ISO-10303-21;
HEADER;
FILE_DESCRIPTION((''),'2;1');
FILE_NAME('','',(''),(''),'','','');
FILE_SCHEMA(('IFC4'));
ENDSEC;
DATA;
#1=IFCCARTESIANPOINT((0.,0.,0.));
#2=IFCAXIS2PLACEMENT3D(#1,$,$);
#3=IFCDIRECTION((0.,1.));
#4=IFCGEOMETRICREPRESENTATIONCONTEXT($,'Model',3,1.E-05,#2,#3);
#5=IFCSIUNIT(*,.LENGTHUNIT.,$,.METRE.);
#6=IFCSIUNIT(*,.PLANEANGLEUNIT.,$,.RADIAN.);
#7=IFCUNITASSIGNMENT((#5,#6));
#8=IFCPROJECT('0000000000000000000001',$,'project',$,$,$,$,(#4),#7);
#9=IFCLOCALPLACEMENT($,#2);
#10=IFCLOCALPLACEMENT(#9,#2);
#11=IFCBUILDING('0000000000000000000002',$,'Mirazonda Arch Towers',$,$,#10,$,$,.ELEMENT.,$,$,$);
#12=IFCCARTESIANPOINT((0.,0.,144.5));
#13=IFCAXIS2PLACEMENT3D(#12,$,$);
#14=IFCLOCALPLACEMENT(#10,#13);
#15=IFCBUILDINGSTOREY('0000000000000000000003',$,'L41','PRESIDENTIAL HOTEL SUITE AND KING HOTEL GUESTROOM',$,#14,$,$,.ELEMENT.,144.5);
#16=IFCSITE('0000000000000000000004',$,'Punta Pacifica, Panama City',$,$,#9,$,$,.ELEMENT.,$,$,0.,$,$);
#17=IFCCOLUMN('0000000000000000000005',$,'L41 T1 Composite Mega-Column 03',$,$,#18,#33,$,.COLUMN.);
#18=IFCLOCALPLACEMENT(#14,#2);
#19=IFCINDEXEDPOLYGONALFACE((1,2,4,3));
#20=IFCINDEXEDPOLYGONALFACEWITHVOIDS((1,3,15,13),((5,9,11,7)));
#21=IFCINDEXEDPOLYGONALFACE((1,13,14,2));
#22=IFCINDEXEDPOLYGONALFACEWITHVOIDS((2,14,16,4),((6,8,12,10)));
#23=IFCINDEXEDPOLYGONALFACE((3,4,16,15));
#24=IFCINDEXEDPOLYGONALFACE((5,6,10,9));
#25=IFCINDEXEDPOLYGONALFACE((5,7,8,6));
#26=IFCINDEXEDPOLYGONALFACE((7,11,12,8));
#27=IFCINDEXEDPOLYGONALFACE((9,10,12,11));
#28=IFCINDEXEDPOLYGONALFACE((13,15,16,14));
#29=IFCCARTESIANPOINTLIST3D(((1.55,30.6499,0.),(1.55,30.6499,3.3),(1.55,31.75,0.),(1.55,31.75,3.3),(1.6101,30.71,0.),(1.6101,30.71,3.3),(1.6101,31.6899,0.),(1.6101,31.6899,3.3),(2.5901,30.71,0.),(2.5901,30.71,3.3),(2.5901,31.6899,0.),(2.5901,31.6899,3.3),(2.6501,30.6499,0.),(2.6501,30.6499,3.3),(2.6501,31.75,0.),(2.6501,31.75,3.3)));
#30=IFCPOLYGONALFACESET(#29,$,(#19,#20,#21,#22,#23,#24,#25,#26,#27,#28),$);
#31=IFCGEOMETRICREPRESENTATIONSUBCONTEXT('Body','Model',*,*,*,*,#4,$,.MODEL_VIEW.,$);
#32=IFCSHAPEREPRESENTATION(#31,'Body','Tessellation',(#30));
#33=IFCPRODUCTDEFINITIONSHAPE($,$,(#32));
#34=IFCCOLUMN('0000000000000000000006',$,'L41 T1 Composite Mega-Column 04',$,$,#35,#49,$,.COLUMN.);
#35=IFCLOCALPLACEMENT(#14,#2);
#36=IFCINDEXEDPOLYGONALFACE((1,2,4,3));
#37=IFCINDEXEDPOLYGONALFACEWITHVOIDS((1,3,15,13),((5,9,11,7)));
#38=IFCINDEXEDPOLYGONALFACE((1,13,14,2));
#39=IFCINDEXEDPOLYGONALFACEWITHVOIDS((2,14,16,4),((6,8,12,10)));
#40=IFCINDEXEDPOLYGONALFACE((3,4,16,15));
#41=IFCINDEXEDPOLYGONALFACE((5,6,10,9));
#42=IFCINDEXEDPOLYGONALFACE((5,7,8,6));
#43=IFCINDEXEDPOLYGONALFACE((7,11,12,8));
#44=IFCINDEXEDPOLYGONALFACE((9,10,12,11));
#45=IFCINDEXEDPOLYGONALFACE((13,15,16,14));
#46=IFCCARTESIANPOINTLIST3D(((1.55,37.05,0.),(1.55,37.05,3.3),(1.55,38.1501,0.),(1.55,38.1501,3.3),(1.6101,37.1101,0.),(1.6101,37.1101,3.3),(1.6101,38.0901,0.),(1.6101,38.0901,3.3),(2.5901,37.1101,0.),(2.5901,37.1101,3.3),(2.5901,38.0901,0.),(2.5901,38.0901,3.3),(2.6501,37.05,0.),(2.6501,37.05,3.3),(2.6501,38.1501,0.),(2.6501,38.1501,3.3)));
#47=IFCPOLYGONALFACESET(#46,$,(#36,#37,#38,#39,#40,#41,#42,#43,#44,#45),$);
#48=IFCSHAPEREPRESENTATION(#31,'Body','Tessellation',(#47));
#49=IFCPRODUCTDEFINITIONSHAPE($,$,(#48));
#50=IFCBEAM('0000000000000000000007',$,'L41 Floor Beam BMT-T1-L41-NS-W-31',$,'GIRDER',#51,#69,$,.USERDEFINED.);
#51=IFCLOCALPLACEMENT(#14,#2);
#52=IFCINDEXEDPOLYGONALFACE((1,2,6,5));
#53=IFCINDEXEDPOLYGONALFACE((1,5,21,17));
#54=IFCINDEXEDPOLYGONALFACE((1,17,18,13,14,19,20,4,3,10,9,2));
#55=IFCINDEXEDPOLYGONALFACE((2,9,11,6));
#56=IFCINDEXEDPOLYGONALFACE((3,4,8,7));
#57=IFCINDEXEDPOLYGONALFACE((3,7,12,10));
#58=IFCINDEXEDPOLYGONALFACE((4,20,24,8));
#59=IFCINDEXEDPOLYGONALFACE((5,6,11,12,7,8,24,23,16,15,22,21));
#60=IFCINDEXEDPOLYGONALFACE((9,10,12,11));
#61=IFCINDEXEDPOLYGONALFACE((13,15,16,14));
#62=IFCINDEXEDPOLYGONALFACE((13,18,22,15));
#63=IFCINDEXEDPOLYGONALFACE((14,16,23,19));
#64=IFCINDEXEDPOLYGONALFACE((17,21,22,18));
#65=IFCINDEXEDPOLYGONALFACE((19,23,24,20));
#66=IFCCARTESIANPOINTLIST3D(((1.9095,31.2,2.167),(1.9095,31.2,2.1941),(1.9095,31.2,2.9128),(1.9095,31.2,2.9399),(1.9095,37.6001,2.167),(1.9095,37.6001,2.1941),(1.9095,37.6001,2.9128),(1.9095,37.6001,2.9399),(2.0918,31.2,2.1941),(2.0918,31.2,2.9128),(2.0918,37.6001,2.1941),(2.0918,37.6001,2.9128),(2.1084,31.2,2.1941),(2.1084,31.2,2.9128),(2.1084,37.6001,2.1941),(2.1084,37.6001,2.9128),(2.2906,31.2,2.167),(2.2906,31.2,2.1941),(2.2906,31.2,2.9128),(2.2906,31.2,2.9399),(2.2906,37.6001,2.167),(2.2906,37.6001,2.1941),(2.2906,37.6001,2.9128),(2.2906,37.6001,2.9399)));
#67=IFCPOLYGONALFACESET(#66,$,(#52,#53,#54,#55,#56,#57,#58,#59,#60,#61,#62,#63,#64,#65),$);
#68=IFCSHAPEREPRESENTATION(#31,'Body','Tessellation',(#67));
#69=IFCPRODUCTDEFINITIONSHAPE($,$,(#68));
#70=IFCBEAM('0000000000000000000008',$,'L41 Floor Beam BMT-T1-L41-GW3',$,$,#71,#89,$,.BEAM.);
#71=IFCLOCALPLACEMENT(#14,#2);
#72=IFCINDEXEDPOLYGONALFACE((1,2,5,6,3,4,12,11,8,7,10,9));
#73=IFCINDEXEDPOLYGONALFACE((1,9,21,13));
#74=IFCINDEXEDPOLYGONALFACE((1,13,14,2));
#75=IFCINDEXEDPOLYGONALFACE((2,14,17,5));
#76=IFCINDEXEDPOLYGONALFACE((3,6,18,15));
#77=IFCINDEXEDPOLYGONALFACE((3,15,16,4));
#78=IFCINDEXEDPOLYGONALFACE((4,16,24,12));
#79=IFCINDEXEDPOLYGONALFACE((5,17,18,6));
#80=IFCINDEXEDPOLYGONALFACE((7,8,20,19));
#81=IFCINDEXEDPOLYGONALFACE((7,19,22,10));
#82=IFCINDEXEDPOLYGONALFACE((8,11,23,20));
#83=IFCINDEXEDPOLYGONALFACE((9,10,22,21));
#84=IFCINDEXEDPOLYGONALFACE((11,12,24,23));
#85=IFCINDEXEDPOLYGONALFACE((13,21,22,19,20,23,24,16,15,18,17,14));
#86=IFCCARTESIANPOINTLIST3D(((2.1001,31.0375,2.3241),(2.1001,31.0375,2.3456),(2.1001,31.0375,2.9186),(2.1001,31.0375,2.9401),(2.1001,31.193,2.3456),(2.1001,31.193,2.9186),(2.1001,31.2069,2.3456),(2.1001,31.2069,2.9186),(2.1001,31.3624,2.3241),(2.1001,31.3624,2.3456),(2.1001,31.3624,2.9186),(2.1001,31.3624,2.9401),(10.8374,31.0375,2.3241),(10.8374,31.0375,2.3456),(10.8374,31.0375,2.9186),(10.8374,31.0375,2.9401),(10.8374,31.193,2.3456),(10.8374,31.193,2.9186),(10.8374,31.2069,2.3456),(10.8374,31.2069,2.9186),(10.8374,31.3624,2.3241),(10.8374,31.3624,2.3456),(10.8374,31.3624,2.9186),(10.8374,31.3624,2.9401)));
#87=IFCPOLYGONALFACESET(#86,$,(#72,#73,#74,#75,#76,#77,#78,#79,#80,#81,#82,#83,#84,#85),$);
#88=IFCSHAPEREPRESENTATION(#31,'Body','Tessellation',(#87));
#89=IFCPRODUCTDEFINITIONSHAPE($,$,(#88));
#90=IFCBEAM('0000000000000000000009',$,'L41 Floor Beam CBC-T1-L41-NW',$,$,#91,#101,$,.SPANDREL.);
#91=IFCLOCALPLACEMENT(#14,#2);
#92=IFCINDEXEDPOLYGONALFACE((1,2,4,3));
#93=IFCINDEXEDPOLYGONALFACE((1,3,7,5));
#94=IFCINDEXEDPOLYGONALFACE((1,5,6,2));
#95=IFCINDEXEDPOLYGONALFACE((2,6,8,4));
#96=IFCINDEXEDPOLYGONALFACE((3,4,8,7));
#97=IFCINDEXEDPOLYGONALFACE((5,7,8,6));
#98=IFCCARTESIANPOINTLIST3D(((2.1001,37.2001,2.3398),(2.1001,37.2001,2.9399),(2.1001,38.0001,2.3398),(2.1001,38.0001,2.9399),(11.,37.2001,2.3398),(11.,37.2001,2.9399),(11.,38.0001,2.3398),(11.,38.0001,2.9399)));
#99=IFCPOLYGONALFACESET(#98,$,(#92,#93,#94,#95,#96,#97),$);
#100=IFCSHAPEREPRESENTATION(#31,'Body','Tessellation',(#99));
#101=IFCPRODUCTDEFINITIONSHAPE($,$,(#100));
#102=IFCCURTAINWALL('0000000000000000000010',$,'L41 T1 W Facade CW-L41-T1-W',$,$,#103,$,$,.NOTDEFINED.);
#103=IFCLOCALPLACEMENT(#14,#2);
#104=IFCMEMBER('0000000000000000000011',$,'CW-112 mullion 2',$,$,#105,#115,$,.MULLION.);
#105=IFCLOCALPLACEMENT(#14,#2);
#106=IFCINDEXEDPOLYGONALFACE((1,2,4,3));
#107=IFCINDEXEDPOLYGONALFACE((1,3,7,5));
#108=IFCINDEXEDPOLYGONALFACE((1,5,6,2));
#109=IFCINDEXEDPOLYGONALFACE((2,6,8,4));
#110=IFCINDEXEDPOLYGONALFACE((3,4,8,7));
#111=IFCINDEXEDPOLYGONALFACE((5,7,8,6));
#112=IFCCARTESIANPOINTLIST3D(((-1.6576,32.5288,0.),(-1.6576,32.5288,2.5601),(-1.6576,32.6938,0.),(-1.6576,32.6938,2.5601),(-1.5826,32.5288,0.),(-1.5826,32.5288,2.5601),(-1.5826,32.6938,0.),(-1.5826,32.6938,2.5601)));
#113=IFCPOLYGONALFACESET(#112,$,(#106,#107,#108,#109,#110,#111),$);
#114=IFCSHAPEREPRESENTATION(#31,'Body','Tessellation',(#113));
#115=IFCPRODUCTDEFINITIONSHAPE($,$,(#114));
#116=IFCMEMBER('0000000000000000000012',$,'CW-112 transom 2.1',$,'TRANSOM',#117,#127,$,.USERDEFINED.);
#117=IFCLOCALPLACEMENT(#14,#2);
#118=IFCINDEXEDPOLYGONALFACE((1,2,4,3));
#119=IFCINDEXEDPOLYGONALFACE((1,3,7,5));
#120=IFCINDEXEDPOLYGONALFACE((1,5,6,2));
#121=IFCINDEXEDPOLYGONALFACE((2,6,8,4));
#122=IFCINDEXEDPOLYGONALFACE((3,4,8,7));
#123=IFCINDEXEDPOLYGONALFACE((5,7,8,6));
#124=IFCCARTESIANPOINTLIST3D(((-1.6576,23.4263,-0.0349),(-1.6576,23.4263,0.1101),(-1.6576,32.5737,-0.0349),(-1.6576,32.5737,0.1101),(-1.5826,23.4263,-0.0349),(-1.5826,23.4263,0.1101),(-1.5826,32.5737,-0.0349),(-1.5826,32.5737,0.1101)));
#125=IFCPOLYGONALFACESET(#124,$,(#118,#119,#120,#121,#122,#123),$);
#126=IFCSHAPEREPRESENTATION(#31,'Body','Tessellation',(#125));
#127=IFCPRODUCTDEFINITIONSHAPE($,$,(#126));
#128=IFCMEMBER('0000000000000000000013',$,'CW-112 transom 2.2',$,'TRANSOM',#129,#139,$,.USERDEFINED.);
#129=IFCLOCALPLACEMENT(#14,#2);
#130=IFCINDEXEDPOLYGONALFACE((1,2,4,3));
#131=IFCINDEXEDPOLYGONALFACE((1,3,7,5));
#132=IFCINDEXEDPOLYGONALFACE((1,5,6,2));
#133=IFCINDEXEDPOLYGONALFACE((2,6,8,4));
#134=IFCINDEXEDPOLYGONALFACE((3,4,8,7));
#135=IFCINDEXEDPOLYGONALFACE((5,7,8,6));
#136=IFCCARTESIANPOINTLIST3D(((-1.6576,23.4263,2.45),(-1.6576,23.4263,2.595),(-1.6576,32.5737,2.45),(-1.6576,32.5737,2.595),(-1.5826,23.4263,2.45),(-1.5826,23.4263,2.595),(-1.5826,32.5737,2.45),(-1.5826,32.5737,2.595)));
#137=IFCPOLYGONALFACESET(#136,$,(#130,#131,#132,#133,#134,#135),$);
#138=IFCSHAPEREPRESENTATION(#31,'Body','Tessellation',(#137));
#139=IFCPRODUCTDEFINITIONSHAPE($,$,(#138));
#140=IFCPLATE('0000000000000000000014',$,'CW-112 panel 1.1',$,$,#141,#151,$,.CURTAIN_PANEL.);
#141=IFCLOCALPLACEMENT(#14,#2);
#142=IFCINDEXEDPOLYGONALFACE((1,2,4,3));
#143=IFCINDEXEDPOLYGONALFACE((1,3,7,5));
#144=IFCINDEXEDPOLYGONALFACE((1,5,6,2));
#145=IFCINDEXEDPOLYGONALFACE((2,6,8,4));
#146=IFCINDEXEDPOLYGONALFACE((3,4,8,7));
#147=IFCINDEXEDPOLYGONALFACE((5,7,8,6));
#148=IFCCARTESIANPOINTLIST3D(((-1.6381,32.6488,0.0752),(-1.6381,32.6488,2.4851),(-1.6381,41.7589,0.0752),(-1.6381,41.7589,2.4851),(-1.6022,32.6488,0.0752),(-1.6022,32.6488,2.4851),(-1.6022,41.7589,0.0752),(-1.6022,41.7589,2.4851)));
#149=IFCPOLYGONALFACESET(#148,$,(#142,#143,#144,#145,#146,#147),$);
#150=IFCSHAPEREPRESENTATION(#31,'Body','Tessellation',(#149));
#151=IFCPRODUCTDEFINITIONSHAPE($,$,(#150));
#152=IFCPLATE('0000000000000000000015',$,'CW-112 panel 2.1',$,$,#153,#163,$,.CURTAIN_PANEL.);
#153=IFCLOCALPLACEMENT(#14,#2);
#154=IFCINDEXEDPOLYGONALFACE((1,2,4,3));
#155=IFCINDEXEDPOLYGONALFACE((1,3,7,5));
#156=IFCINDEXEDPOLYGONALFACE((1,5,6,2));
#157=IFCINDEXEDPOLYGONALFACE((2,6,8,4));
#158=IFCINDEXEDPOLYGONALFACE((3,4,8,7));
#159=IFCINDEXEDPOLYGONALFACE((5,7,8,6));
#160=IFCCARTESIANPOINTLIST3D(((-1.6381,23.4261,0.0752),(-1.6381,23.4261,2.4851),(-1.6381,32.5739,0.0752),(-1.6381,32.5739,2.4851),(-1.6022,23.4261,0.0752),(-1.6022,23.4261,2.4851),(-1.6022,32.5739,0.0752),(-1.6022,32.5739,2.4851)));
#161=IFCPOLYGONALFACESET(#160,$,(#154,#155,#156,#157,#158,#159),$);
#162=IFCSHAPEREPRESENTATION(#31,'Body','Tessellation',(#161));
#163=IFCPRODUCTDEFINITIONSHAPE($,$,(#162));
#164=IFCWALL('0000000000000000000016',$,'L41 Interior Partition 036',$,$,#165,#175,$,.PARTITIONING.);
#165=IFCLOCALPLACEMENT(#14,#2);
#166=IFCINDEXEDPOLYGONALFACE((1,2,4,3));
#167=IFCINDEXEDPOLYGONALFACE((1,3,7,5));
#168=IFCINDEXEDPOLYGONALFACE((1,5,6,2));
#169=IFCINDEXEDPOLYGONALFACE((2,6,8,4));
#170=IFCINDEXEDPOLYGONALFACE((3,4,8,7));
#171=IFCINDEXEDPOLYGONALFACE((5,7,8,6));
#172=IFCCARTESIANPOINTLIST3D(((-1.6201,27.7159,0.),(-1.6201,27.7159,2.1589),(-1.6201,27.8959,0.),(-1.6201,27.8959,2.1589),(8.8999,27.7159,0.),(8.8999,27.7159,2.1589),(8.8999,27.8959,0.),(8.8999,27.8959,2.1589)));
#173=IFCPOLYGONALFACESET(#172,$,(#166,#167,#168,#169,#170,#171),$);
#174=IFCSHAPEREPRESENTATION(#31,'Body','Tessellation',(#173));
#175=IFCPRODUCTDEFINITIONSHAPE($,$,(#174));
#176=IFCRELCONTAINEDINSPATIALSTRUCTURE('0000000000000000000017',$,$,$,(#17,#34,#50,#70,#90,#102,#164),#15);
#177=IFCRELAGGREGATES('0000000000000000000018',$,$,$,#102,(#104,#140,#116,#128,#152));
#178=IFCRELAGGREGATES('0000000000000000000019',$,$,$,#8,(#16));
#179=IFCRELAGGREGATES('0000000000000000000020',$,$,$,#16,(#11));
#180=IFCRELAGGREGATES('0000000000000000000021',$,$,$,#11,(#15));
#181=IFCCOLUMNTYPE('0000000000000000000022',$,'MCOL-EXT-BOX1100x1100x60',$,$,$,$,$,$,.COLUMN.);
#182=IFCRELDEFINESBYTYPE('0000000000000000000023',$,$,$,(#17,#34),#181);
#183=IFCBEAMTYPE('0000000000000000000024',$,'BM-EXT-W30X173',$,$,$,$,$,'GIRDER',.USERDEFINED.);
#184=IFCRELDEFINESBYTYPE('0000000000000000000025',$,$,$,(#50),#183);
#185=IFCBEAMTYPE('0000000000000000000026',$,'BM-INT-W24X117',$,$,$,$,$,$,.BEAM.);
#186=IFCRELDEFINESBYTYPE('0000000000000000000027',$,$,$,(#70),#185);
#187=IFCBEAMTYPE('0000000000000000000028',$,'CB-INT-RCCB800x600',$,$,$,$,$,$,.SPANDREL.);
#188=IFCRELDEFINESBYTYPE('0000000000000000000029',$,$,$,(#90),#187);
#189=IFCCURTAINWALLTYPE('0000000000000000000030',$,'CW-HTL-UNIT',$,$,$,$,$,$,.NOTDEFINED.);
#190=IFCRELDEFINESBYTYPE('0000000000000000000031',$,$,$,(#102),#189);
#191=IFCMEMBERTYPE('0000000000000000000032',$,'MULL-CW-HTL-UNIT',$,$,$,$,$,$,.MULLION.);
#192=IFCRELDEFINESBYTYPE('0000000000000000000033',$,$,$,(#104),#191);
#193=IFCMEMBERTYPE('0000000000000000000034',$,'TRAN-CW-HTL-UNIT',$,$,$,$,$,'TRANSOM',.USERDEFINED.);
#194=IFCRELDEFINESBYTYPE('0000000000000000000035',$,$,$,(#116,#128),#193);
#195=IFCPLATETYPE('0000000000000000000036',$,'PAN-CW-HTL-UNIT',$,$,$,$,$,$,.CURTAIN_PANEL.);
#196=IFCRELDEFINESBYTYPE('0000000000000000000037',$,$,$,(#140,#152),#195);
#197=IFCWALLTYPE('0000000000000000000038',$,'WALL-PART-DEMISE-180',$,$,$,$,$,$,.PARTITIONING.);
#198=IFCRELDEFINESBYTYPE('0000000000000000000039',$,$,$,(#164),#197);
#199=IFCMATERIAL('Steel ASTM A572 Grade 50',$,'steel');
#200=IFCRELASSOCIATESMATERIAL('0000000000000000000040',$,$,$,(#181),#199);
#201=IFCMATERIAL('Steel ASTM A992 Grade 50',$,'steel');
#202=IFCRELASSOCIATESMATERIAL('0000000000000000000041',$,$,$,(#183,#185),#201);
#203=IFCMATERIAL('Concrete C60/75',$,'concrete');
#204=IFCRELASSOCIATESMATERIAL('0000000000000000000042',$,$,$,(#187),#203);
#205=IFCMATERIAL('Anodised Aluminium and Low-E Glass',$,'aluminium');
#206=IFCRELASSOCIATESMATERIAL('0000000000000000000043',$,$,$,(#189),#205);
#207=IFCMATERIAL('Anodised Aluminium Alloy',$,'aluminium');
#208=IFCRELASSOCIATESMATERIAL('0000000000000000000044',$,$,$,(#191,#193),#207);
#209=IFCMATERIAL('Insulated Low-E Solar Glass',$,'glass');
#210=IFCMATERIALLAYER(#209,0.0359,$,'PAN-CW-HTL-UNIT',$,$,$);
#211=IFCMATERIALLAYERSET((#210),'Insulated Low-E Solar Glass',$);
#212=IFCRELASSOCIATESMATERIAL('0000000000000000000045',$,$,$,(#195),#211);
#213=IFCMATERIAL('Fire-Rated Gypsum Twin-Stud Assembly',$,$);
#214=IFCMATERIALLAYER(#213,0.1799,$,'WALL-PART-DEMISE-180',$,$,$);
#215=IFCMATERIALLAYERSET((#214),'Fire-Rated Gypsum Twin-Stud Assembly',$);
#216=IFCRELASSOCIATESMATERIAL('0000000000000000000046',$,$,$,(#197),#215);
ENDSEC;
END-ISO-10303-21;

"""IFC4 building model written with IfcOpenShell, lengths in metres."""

from ifc_helpers import new_model, si_unit, direction, frame, frame_2d, origin, origin_2d, place, context, subcontext, project, spatial, rectangle, hollow_rectangle, i_section, extrude, material, layer, layer_set, material_profile, profile_set, type_object, element, aggregate, save


model = new_model("IFC4")

# Units and contexts
model_context = context("Model", 3, precision=1e-05, world=origin(), true_north=direction((0.0, 1.0)))
body_context = subcontext(model_context, "Body", "Model", "MODEL_VIEW")
ifc_project = project(units=[si_unit("LENGTHUNIT", "METRE"), si_unit("PLANEANGLEUNIT", "RADIAN")], contexts=[model_context])

# Site, building, storey
site_placement = place(None, origin())
site = spatial("IfcSite", under=ifc_project, at=site_placement, Name="Punta Pacifica, Panama City", CompositionType="ELEMENT", RefElevation=0.0)
building_placement = place(site_placement, origin())
building = spatial("IfcBuilding", under=site, at=building_placement, Name="Mirazonda Arch Towers", CompositionType="ELEMENT")
storey_placement = place(building_placement, frame((0.0, 0.0, 144.5)))
storey = spatial("IfcBuildingStorey", under=building, at=storey_placement, Name="L41", Description="PRESIDENTIAL HOTEL SUITE AND KING HOTEL GUESTROOM", CompositionType="ELEMENT", Elevation=144.5)

# Columns
ifc_material_1 = material(Name="Steel ASTM A572 Grade 50", Category="steel")
ifc_material_profile_1 = material_profile(ifc_material_1, hollow_rectangle(XDim=1.1001, YDim=1.1001, WallThickness=0.0601, at=origin_2d()), Name="BOX1100x1100x60")
ifc_profile_set_1 = profile_set([ifc_material_profile_1], Name="Steel ASTM A572 Grade 50")
column_type = type_object("IfcColumnType", Name="MCOL-EXT-BOX1100x1100x60", PredefinedType="COLUMN", material=ifc_profile_set_1)
for number, where, z_axis, x_axis, name in (
    (1, (2.1001, 31.2, 0.0), (0.0, 0.0, 1.0), (1.0, 0.0, 0.0), "L41 T1 Composite Mega-Column 03"),
    (2, (2.1001, 37.6001, 0.0), (0.0, 0.0, 1.0), (1.0, 0.0, 0.0), "L41 T1 Composite Mega-Column 04"),
):
    element("IfcColumn", number, at=place(storey_placement, frame(where, z_axis=z_axis, x_axis=x_axis)), inside=storey, type_object=column_type, Name=name, PredefinedType="COLUMN", context=body_context, shape_type="SweptSolid", body=[
        extrude(hollow_rectangle(XDim=1.1001, YDim=1.1001, WallThickness=0.0601, at=origin_2d()), origin(), (0.0, 0.0, 1.0), 3.3),
    ])

# Beams
ifc_material_2 = material(Name="Steel ASTM A992 Grade 50", Category="steel")
ifc_material_profile_2 = material_profile(ifc_material_2, i_section(OverallWidth=0.3811, OverallDepth=0.7729, WebThickness=0.0166, FlangeThickness=0.0271, at=origin_2d()), Name="W30X173")
ifc_profile_set_2 = profile_set([ifc_material_profile_2], Name="Steel ASTM A992 Grade 50")
beam_type_1 = type_object("IfcBeamType", Name="BM-EXT-W30X173", ElementType="GIRDER", PredefinedType="USERDEFINED", material=ifc_profile_set_2)
beam_1_placement = place(storey_placement, frame((2.1001, 31.2, 2.5535), z_axis=(0.0, 1.0, 0.0), x_axis=(-1.0, 0.0, 0.0)))
element("IfcBeam", 3, at=beam_1_placement, inside=storey, type_object=beam_type_1, Name="L41 Floor Beam BMT-T1-L41-NS-W-31", ObjectType="GIRDER", PredefinedType="USERDEFINED", context=body_context, shape_type="SweptSolid", body=[
    extrude(i_section(OverallWidth=0.3811, OverallDepth=0.7729, WebThickness=0.0166, FlangeThickness=0.0271, at=origin_2d()), origin(), (0.0, 0.0, 1.0), 6.4001),
])
ifc_material_profile_3 = material_profile(ifc_material_2, i_section(OverallWidth=0.325, OverallDepth=0.616, WebThickness=0.0139, FlangeThickness=0.0215, at=origin_2d()), Name="W24X117")
ifc_profile_set_3 = profile_set([ifc_material_profile_3], Name="Steel ASTM A992 Grade 50")
beam_type_2 = type_object("IfcBeamType", Name="BM-INT-W24X117", PredefinedType="BEAM", material=ifc_profile_set_3)
beam_2_placement = place(storey_placement, frame((2.1001, 31.2, 2.6321), z_axis=(1.0, 0.0, 0.0), x_axis=(0.0, 1.0, 0.0)))
element("IfcBeam", 4, at=beam_2_placement, inside=storey, type_object=beam_type_2, Name="L41 Floor Beam BMT-T1-L41-GW3", PredefinedType="BEAM", context=body_context, shape_type="SweptSolid", body=[
    extrude(i_section(OverallWidth=0.325, OverallDepth=0.616, WebThickness=0.0139, FlangeThickness=0.0215, at=origin_2d()), origin(), (0.0, 0.0, 1.0), 8.7373),
])
ifc_material_3 = material(Name="Concrete C60/75", Category="concrete")
ifc_material_profile_4 = material_profile(ifc_material_3, rectangle(XDim=0.8, YDim=0.6001, at=origin_2d()), Name="RCCB800x600")
ifc_profile_set_4 = profile_set([ifc_material_profile_4], Name="Concrete C60/75")
beam_type_3 = type_object("IfcBeamType", Name="CB-INT-RCCB800x600", PredefinedType="SPANDREL", material=ifc_profile_set_4)
beam_3_placement = place(storey_placement, frame((2.1001, 37.6001, 2.6399), z_axis=(1.0, 0.0, 0.0), x_axis=(0.0, 1.0, 0.0)))
element("IfcBeam", 5, at=beam_3_placement, inside=storey, type_object=beam_type_3, Name="L41 Floor Beam CBC-T1-L41-NW", PredefinedType="SPANDREL", context=body_context, shape_type="SweptSolid", body=[
    extrude(rectangle(XDim=0.8, YDim=0.6001, at=origin_2d()), origin(), (0.0, 0.0, 1.0), 8.8999),
])

# Curtain wall, members, plates
ifc_material_4 = material(Name="Anodised Aluminium and Low-E Glass", Category="aluminium")
curtain_wall_type = type_object("IfcCurtainWallType", Name="CW-HTL-UNIT", PredefinedType="NOTDEFINED", material=ifc_material_4)
curtain_wall_placement = place(storey_placement, origin())
curtain_wall = element("IfcCurtainWall", 6, at=curtain_wall_placement, inside=storey, type_object=curtain_wall_type, Name="L41 T1 W Facade CW-L41-T1-W", PredefinedType="NOTDEFINED")
ifc_material_5 = material(Name="Anodised Aluminium Alloy", Category="aluminium")
ifc_material_profile_5 = material_profile(ifc_material_5, rectangle(XDim=0.075, YDim=0.165, at=origin_2d()), Name="ALU-MULL-75x165")
ifc_profile_set_5 = profile_set([ifc_material_profile_5], Name="Anodised Aluminium Alloy")
member_type_1 = type_object("IfcMemberType", Name="MULL-CW-HTL-UNIT", PredefinedType="MULLION", material=ifc_profile_set_5)
member_1_placement = place(storey_placement, frame((-1.6201, 32.6113, 0.0), z_axis=(0.0, 0.0, 1.0), x_axis=(1.0, 0.0, 0.0)))
member_1 = element("IfcMember", 7, at=member_1_placement, type_object=member_type_1, Name="CW-112 mullion 2", PredefinedType="MULLION", context=body_context, shape_type="SweptSolid", body=[
    extrude(rectangle(XDim=0.075, YDim=0.165, at=origin_2d()), origin(), (0.0, 0.0, 1.0), 2.5601),
])
ifc_material_profile_6 = material_profile(ifc_material_5, rectangle(XDim=0.075, YDim=0.145, at=origin_2d()), Name="ALU-TRAN-75x145")
ifc_profile_set_6 = profile_set([ifc_material_profile_6], Name="Anodised Aluminium Alloy")
member_type_2 = type_object("IfcMemberType", Name="TRAN-CW-HTL-UNIT", ElementType="TRANSOM", PredefinedType="USERDEFINED", material=ifc_profile_set_6)
member_2_placement = place(storey_placement, frame((-1.6201, 32.5737, 0.0376), z_axis=(0.0, -1.0, 0.0), x_axis=(1.0, 0.0, 0.0)))
member_2 = element("IfcMember", 8, at=member_2_placement, type_object=member_type_2, Name="CW-112 transom 2.1", ObjectType="TRANSOM", PredefinedType="USERDEFINED", context=body_context, shape_type="SweptSolid", body=[
    extrude(rectangle(XDim=0.075, YDim=0.145, at=origin_2d()), origin(), (0.0, 0.0, 1.0), 9.1475),
])
member_3_placement = place(storey_placement, frame((-1.6201, 32.5737, 2.5225), z_axis=(0.0, -1.0, 0.0), x_axis=(1.0, 0.0, 0.0)))
member_3 = element("IfcMember", 9, at=member_3_placement, type_object=member_type_2, Name="CW-112 transom 2.2", ObjectType="TRANSOM", PredefinedType="USERDEFINED", context=body_context, shape_type="SweptSolid", body=[
    extrude(rectangle(XDim=0.075, YDim=0.145, at=origin_2d()), origin(), (0.0, 0.0, 1.0), 9.1475),
])
ifc_material_6 = material(Name="Insulated Low-E Solar Glass", Category="glass")
ifc_layer_1 = layer(ifc_material_6, 0.0359, Name="PAN-CW-HTL-UNIT")
ifc_layer_set_1 = layer_set([ifc_layer_1], Name="Insulated Low-E Solar Glass")
plate_type = type_object("IfcPlateType", Name="PAN-CW-HTL-UNIT", PredefinedType="CURTAIN_PANEL", material=ifc_layer_set_1)
plate_1_placement = place(storey_placement, frame((-1.6201, 37.2039, 0.0752), z_axis=(0.0, 0.0, 1.0), x_axis=(0.0, -1.0, 0.0)))
plate_1 = element("IfcPlate", 10, at=plate_1_placement, type_object=plate_type, Name="CW-112 panel 1.1", PredefinedType="CURTAIN_PANEL", context=body_context, shape_type="SweptSolid", body=[
    extrude(rectangle(XDim=9.1101, YDim=0.0359, at=origin_2d()), origin(), (0.0, 0.0, 1.0), 2.4099),
])
plate_2_placement = place(storey_placement, frame((-1.6201, 28.0, 0.0752), z_axis=(0.0, 0.0, 1.0), x_axis=(0.0, -1.0, 0.0)))
plate_2 = element("IfcPlate", 11, at=plate_2_placement, type_object=plate_type, Name="CW-112 panel 2.1", PredefinedType="CURTAIN_PANEL", context=body_context, shape_type="SweptSolid", body=[
    extrude(rectangle(XDim=9.1477, YDim=0.0359, at=origin_2d()), origin(), (0.0, 0.0, 1.0), 2.4099),
])
aggregate(curtain_wall, [member_1, plate_1, member_2, member_3, plate_2])

# Wall
ifc_material_7 = material(Name="Fire-Rated Gypsum Twin-Stud Assembly")
ifc_layer_2 = layer(ifc_material_7, 0.1799, Name="WALL-PART-DEMISE-180")
ifc_layer_set_2 = layer_set([ifc_layer_2], Name="Fire-Rated Gypsum Twin-Stud Assembly")
wall_type_1 = type_object("IfcWallType", Name="WALL-PART-DEMISE-180", PredefinedType="PARTITIONING", material=ifc_layer_set_2)
wall_1_placement = place(storey_placement, frame((-1.6201, 27.8059, 0.0), z_axis=(0.0, 0.0, 1.0), x_axis=(1.0, 0.0, 0.0)))
element("IfcWall", 12, at=wall_1_placement, inside=storey, type_object=wall_type_1, Name="L41 Interior Partition 036", PredefinedType="PARTITIONING", context=body_context, shape_type="SweptSolid", body=[
    extrude(rectangle(XDim=10.52, YDim=0.1799, at=frame_2d((5.26, 0.0))), origin(), (0.0, 0.0, 1.0), 2.1589),
])

save(model, "model.ifc")
